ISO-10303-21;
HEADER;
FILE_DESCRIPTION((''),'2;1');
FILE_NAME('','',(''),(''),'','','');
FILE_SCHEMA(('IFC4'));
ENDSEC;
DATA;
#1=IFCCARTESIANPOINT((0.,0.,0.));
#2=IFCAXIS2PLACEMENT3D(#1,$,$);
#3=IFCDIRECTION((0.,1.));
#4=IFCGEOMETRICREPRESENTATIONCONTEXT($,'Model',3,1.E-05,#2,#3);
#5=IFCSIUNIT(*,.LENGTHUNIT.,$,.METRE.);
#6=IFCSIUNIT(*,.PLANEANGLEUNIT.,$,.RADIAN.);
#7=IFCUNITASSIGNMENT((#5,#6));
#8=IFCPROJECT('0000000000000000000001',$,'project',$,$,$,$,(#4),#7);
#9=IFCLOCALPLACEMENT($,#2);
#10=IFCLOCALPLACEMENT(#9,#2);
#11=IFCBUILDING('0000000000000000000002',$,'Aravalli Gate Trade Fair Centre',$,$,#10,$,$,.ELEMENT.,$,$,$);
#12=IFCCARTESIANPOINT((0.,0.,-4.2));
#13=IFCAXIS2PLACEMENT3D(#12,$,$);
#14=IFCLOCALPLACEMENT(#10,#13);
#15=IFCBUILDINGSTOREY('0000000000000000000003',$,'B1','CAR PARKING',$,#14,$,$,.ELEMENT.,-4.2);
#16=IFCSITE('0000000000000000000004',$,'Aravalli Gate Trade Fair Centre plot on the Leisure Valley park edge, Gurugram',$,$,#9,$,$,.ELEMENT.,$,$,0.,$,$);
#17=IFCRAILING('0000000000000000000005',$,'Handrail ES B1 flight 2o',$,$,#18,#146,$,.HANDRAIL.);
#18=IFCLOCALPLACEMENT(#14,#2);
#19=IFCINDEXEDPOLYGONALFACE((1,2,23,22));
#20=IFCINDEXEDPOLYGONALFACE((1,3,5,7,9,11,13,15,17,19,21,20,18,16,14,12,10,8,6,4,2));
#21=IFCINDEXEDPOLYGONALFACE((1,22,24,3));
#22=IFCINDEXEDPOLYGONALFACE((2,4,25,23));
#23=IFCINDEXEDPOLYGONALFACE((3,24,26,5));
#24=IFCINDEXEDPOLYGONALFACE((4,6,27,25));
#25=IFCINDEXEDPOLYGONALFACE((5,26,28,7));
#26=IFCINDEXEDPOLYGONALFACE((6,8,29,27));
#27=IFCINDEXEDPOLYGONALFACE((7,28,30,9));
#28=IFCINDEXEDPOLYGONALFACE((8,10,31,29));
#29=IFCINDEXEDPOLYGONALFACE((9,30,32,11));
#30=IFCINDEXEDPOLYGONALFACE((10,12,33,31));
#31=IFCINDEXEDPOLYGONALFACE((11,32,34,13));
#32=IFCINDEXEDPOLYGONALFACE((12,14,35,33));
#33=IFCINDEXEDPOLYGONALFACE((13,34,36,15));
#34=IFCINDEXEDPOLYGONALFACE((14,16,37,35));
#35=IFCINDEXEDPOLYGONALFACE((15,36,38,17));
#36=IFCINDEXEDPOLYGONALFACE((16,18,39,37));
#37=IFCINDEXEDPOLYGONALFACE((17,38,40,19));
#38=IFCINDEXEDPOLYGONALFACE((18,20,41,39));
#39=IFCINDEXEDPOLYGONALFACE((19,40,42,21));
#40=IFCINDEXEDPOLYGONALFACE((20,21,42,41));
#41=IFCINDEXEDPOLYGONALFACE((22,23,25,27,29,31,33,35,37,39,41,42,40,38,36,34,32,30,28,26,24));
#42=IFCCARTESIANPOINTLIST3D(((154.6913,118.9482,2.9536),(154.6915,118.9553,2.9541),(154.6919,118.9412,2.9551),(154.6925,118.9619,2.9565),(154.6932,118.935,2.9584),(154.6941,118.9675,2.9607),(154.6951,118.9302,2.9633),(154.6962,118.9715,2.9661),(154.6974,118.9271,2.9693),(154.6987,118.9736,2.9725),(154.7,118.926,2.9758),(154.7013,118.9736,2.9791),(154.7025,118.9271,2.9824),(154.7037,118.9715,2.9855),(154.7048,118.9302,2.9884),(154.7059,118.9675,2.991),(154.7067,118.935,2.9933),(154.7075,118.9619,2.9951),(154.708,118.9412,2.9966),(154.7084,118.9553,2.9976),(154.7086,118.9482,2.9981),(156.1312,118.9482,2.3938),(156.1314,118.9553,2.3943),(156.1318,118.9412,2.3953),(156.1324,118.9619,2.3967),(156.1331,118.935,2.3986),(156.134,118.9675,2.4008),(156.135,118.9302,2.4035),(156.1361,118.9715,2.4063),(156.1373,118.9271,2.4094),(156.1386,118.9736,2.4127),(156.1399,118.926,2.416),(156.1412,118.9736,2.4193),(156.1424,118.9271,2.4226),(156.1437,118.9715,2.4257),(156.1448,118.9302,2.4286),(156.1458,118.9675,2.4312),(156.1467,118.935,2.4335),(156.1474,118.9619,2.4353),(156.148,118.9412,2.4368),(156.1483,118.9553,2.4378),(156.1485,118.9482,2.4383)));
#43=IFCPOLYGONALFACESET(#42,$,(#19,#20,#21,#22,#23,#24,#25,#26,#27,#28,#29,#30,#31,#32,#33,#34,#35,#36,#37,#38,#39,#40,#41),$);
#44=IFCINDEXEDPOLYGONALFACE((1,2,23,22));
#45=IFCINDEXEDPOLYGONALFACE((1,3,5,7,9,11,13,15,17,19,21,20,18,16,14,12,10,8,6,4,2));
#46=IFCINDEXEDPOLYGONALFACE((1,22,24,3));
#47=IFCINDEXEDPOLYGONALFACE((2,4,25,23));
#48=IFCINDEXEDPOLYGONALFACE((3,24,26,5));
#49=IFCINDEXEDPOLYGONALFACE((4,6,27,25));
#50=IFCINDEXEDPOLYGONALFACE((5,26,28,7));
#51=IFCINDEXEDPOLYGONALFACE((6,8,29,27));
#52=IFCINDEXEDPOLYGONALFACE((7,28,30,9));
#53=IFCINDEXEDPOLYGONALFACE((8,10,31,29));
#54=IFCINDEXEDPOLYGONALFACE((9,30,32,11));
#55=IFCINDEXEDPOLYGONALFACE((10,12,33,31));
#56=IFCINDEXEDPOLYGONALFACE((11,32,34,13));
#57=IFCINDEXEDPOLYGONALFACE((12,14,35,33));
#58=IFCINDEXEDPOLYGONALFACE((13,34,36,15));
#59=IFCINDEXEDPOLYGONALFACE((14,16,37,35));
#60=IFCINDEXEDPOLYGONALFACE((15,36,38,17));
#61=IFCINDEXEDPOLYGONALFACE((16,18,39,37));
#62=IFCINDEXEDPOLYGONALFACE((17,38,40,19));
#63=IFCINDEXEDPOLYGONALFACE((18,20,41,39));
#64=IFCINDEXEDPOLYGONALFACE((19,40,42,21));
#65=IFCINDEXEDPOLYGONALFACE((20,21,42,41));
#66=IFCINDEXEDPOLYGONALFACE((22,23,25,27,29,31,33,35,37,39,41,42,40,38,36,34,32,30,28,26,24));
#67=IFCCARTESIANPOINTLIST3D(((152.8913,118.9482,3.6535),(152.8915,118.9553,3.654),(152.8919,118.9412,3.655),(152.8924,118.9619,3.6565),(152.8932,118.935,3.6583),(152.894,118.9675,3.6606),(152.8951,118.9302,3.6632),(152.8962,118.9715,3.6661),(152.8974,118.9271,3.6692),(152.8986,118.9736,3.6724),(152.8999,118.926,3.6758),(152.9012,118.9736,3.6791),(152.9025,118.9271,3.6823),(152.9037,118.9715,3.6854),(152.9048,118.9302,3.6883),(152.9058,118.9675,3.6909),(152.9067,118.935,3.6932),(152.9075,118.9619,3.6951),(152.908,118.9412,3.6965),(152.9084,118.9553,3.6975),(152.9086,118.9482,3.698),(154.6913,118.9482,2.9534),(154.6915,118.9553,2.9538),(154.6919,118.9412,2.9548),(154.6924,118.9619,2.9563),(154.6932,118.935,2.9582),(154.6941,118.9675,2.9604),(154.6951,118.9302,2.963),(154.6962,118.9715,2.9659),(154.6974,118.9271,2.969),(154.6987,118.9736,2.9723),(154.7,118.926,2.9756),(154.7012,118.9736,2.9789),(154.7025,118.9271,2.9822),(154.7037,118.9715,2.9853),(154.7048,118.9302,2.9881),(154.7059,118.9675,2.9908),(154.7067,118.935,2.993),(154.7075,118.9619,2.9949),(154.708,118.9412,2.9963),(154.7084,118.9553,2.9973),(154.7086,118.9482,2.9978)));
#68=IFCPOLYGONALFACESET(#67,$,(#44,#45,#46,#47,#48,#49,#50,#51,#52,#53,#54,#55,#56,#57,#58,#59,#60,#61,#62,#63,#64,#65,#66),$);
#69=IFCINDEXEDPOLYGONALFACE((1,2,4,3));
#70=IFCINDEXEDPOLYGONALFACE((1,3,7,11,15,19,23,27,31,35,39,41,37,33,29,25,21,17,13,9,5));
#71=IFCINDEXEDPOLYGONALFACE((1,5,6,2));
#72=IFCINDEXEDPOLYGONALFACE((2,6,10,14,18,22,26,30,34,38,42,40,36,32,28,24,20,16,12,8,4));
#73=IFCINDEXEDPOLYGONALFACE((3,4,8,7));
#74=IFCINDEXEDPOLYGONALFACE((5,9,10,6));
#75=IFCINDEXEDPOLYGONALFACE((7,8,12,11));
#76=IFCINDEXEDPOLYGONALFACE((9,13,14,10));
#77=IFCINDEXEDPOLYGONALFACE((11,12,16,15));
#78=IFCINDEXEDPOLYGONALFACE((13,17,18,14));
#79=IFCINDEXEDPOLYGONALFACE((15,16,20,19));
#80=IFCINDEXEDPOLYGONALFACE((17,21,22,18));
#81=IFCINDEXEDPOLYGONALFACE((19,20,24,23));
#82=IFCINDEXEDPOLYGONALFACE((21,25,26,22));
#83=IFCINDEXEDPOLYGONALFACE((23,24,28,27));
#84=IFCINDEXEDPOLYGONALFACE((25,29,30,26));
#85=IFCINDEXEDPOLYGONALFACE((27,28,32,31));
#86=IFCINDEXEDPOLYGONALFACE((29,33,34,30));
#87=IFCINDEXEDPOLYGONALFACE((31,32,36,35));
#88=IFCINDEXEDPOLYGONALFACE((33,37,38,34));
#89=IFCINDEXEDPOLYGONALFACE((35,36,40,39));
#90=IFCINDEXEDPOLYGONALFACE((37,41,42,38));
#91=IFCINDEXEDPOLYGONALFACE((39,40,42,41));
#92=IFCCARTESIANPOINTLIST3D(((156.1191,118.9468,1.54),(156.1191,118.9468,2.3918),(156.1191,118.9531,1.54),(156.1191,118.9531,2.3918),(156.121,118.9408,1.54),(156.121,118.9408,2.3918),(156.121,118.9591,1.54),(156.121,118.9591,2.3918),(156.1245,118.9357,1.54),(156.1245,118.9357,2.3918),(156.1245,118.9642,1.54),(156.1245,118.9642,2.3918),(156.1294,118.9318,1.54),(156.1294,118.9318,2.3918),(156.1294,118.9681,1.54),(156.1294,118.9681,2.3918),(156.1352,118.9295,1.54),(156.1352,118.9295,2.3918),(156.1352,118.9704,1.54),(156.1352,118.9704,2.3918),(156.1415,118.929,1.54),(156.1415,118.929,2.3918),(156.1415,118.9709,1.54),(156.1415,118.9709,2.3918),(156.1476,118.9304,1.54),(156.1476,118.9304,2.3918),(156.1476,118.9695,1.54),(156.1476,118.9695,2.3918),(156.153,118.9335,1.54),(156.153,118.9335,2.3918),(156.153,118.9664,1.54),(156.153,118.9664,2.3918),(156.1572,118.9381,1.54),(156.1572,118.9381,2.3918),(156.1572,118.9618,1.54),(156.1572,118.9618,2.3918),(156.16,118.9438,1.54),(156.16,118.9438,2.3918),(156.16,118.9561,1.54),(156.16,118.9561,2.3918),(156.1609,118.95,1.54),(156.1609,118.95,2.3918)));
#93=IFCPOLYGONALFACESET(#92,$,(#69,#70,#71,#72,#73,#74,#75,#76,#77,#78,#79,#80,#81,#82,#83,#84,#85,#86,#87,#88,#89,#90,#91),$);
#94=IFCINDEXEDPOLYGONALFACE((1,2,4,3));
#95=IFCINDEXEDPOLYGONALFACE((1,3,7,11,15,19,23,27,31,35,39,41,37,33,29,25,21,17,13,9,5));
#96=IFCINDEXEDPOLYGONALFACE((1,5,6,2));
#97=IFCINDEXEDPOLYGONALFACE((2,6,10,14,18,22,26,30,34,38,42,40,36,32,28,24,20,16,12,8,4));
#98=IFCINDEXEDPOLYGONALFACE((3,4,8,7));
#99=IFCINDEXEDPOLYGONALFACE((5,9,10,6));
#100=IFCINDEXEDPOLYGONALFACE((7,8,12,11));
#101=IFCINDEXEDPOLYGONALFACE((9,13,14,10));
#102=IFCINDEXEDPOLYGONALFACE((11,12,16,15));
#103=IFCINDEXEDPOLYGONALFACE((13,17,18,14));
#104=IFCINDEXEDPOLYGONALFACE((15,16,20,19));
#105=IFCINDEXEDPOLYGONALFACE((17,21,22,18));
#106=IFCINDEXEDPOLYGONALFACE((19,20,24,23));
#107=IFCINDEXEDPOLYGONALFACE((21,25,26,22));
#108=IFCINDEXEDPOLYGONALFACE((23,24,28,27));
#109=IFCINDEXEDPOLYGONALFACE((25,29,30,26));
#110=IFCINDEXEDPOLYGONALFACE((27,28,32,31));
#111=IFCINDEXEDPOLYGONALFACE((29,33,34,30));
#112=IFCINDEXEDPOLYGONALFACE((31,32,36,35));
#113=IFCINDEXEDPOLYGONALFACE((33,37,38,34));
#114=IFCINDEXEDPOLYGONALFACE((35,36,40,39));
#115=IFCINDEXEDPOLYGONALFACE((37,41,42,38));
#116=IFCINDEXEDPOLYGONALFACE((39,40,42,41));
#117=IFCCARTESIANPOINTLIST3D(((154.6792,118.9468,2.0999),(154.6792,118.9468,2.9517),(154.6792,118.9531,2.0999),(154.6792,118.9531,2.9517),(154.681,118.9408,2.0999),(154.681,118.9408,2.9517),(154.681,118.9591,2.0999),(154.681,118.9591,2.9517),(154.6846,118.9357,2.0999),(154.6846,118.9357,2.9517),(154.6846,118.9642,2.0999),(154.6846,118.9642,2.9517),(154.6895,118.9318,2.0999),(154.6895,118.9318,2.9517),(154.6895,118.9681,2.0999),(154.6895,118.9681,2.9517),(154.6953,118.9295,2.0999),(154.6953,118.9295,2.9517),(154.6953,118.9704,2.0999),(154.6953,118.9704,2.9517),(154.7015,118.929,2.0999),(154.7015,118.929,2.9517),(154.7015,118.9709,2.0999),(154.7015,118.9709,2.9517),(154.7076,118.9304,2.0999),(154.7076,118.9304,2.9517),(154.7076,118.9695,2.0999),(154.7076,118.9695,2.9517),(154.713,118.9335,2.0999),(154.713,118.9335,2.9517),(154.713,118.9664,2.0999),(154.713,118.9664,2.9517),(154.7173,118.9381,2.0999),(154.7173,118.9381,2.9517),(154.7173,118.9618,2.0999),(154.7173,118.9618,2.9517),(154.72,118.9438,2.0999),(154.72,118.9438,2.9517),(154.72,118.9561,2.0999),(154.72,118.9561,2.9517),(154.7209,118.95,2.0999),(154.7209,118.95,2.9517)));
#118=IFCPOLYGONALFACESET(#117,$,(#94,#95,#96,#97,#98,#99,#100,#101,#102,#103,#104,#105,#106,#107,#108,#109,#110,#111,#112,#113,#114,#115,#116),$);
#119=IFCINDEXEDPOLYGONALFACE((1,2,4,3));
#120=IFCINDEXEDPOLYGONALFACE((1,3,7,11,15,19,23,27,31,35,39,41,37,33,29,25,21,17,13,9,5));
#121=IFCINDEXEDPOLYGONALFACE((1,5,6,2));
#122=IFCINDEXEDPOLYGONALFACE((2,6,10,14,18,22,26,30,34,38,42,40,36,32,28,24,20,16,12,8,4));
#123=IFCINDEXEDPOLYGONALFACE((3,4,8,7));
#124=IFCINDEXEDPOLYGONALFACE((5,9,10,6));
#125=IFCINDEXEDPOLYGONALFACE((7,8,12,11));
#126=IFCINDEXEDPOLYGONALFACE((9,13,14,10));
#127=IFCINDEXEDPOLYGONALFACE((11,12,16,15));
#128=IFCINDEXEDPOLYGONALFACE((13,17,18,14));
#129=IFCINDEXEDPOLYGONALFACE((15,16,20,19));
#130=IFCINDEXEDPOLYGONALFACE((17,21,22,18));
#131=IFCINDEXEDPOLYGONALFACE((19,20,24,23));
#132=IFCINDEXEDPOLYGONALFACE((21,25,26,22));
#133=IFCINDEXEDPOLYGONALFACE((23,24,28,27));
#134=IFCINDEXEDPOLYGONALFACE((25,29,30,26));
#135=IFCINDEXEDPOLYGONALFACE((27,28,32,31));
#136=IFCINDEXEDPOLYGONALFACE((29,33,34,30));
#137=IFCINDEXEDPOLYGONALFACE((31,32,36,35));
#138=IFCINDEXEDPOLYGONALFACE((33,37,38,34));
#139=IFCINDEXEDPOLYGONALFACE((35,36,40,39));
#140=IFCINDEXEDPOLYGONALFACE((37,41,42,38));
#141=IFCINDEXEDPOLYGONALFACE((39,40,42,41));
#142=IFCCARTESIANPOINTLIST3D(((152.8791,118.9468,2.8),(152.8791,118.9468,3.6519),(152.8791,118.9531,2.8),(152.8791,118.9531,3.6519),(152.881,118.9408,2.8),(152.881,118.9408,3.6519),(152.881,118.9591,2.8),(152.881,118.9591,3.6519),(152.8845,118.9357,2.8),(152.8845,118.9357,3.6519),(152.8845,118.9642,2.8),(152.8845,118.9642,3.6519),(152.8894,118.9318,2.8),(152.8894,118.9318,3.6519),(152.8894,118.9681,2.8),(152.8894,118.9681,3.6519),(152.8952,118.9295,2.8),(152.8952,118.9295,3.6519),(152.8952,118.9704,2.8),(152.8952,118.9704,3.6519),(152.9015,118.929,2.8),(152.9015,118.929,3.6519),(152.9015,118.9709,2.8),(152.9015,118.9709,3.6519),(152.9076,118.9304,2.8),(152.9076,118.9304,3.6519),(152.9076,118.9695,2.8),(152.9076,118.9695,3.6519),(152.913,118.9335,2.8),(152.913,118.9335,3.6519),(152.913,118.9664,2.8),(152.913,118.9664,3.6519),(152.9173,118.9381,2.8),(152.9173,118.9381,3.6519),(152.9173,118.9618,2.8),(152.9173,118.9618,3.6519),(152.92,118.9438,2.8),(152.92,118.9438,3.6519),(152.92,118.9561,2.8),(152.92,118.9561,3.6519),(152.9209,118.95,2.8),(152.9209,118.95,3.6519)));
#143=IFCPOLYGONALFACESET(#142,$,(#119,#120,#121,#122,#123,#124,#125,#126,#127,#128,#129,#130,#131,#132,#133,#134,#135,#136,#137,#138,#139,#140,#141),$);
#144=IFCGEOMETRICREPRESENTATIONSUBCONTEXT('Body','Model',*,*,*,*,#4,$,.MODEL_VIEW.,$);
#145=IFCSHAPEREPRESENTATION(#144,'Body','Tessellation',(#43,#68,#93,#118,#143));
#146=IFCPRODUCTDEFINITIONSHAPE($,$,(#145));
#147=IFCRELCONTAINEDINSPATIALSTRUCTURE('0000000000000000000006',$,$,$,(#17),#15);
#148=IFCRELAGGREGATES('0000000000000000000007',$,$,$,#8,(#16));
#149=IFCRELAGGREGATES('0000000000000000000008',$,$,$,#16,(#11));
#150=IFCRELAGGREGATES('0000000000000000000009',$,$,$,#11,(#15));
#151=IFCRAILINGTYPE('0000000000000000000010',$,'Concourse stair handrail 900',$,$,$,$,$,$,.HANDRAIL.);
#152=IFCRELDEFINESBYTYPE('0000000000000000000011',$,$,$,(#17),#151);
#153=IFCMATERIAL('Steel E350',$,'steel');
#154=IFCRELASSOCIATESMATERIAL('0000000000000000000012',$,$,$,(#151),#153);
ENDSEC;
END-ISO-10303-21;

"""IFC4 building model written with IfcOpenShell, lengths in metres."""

from ifc_helpers import new_model, si_unit, direction, frame, origin, origin_2d, place, context, subcontext, project, spatial, circle, extrude, material, type_object, element, save


model = new_model("IFC4")

# Units and contexts
model_context = context("Model", 3, precision=1e-05, world=origin(), true_north=direction((0.0, 1.0)))
body_context = subcontext(model_context, "Body", "Model", "MODEL_VIEW")
ifc_project = project(units=[si_unit("LENGTHUNIT", "METRE"), si_unit("PLANEANGLEUNIT", "RADIAN")], contexts=[model_context])

# Site, building, storey
site_placement = place(None, origin())
site = spatial("IfcSite", under=ifc_project, at=site_placement, Name="Aravalli Gate Trade Fair Centre plot on the Leisure Valley park edge, Gurugram", CompositionType="ELEMENT", RefElevation=0.0)
building_placement = place(site_placement, origin())
building = spatial("IfcBuilding", under=site, at=building_placement, Name="Aravalli Gate Trade Fair Centre", CompositionType="ELEMENT")
storey_placement = place(building_placement, frame((0.0, 0.0, -4.2)))
storey = spatial("IfcBuildingStorey", under=building, at=storey_placement, Name="B1", Description="CAR PARKING", CompositionType="ELEMENT", Elevation=-4.2)

# Shared definitions
ifc_material_1 = material(Name="Steel E350", Category="steel")

# Railing
railing_type = type_object("IfcRailingType", Name="Concourse stair handrail 900", PredefinedType="HANDRAIL", material=ifc_material_1)
for number, where, name in (
    (1, (156.1399, 118.95, 1.54), "Handrail ES B1 flight 2o"),
):
    element("IfcRailing", number, at=place(storey_placement, frame(where)), inside=storey, type_object=railing_type, Name=name, PredefinedType="HANDRAIL", context=body_context, shape_type="SweptSolid", body=[
        extrude(circle(Radius=0.0239, at=origin_2d()), frame((0.0, 0.0, 0.876), z_axis=(-0.93204, 0.0, 0.362355), x_axis=(0.0, -1.0, 0.0)), (0.0, 0.0, 1.0), 1.5449),
        extrude(circle(Radius=0.0239, at=origin_2d()), frame((-1.4399, 0.0, 1.4355), z_axis=(-0.931974, 0.0, 0.362526), x_axis=(0.0, -1.0, 0.0)), (0.0, 0.0, 1.0), 1.9314),
        extrude(circle(Radius=0.021, at=origin_2d()), origin(), (0.0, 0.0, 1.0), 0.8518),
        extrude(circle(Radius=0.021, at=origin_2d()), frame((-1.4399, 0.0, 0.5598)), (0.0, 0.0, 1.0), 0.8518),
        extrude(circle(Radius=0.021, at=origin_2d()), frame((-3.24, 0.0, 1.26)), (0.0, 0.0, 1.0), 0.8518),
    ])

save(model, "model.ifc")
